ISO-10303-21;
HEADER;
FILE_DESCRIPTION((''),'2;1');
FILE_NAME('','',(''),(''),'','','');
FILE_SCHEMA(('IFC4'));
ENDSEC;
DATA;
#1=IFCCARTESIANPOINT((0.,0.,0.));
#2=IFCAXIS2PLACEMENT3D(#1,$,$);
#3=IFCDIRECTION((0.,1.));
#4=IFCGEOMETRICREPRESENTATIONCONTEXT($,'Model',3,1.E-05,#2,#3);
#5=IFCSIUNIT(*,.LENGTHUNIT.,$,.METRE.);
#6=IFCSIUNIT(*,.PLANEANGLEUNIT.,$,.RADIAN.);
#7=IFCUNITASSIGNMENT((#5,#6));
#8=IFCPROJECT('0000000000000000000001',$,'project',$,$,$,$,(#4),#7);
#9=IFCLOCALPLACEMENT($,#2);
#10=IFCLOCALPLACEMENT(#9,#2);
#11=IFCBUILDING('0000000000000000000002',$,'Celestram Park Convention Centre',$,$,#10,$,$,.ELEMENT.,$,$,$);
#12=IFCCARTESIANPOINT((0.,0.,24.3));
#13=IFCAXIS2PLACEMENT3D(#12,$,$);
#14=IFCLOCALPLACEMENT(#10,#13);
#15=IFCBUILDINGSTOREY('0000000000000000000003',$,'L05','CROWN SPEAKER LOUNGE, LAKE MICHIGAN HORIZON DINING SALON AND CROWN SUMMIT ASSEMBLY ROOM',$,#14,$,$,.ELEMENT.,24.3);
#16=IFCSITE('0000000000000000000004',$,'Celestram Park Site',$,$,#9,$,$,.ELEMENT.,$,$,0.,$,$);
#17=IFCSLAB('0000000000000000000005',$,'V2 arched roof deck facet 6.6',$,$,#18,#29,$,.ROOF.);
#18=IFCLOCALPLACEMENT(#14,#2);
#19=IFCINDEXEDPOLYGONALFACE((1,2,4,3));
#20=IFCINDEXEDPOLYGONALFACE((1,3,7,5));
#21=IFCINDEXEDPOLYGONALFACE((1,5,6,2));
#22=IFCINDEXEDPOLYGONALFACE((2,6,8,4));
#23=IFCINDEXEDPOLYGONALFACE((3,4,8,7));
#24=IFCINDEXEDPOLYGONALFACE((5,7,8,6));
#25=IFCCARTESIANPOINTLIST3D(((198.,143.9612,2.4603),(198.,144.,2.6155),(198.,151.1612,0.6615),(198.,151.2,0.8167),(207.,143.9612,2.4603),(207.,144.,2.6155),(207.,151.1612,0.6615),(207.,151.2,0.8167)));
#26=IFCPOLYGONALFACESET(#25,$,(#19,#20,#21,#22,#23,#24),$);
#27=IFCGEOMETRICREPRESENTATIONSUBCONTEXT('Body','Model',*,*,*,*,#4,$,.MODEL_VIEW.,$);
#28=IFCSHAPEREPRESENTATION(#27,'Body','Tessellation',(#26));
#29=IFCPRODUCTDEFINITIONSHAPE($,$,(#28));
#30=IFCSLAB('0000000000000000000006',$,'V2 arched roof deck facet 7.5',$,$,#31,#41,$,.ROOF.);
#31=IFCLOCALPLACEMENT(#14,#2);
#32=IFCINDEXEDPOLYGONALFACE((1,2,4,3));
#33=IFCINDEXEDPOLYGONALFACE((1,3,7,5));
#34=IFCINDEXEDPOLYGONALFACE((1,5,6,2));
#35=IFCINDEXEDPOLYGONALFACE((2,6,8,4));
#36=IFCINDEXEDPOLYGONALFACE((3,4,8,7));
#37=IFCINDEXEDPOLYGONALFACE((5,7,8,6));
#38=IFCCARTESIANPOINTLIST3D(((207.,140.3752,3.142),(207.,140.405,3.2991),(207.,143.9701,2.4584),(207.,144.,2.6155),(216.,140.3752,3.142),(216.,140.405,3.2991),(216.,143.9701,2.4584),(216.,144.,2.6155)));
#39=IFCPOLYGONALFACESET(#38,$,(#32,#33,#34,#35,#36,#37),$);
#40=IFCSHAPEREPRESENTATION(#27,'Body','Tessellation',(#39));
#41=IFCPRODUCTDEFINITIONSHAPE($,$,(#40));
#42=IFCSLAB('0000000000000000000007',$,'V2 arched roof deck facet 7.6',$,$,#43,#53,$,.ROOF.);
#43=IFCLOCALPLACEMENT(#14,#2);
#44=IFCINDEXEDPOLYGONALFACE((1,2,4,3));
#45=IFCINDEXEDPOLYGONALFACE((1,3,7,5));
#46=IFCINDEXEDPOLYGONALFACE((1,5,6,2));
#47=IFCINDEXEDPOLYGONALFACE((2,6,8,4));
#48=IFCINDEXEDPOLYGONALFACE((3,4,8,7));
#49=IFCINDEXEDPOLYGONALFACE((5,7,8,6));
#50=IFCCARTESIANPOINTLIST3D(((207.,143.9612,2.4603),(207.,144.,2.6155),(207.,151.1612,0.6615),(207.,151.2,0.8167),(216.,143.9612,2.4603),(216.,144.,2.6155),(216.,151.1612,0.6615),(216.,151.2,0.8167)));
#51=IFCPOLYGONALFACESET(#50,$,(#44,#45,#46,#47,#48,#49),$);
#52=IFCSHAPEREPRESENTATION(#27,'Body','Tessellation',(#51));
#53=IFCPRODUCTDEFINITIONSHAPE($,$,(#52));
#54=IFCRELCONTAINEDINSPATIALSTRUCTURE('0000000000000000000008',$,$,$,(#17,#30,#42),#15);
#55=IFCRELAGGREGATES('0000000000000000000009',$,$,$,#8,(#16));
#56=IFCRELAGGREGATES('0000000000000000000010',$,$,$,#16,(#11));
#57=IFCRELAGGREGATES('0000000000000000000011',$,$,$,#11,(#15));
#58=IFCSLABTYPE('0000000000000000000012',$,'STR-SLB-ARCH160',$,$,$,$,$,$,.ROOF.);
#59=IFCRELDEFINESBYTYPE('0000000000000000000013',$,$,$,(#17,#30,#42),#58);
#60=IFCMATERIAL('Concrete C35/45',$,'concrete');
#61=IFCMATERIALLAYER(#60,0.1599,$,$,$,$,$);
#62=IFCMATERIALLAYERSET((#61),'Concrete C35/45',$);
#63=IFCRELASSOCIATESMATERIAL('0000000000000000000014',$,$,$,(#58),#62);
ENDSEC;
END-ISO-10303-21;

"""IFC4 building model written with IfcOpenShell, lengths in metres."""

from ifc_helpers import new_model, si_unit, direction, frame, origin, place, context, subcontext, project, spatial, polyline, outline, extrude, material, layer, layer_set, type_object, element, save


model = new_model("IFC4")

# Units and contexts
model_context = context("Model", 3, precision=1e-05, world=origin(), true_north=direction((0.0, 1.0)))
body_context = subcontext(model_context, "Body", "Model", "MODEL_VIEW")
ifc_project = project(units=[si_unit("LENGTHUNIT", "METRE"), si_unit("PLANEANGLEUNIT", "RADIAN")], contexts=[model_context])

# Site, building, storey
site_placement = place(None, origin())
site = spatial("IfcSite", under=ifc_project, at=site_placement, Name="Celestram Park Site", CompositionType="ELEMENT", RefElevation=0.0)
building_placement = place(site_placement, origin())
building = spatial("IfcBuilding", under=site, at=building_placement, Name="Celestram Park Convention Centre", CompositionType="ELEMENT")
storey_placement = place(building_placement, frame((0.0, 0.0, 24.3)))
storey = spatial("IfcBuildingStorey", under=building, at=storey_placement, Name="L05", Description="CROWN SPEAKER LOUNGE, LAKE MICHIGAN HORIZON DINING SALON AND CROWN SUMMIT ASSEMBLY ROOM", CompositionType="ELEMENT", Elevation=24.3)

# Slabs
ifc_material_1 = material(Name="Concrete C35/45", Category="concrete")
ifc_layer_1 = layer(ifc_material_1, 0.1599)
ifc_layer_set_1 = layer_set([ifc_layer_1], Name="Concrete C35/45")
slab_type = type_object("IfcSlabType", Name="STR-SLB-ARCH160", PredefinedType="ROOF", material=ifc_layer_set_1)
slab_1_placement = place(storey_placement, frame((198.0, 144.0, 2.6155), z_axis=(0.0, 0.242389, 0.970179), x_axis=(1.0, 0.0, 0.0)))
element("IfcSlab", 1, at=slab_1_placement, inside=storey, type_object=slab_type, Name="V2 arched roof deck facet 6.6", PredefinedType="ROOF", context=body_context, shape_type="SweptSolid", body=[
    extrude(outline(polyline([(0.0, 0.0), (9.0, 0.0), (9.0, 7.4213), (0.0, 7.4213), (0.0, 0.0)])), origin(), (0.0, 0.0, -1.0), 0.1599),
])
slab_2_placement = place(storey_placement, frame((207.0, 140.405, 3.2991), z_axis=(0.0, 0.186806, 0.982397), x_axis=(1.0, 0.0, 0.0)))
element("IfcSlab", 2, at=slab_2_placement, inside=storey, type_object=slab_type, Name="V2 arched roof deck facet 7.5", PredefinedType="ROOF", context=body_context, shape_type="SweptSolid", body=[
    extrude(outline(polyline([(0.0, 0.0), (9.0, 0.0), (9.0, 3.6594), (0.0, 3.6594), (0.0, 0.0)])), origin(), (0.0, 0.0, -1.0), 0.1599),
])
slab_3_placement = place(storey_placement, frame((207.0, 144.0, 2.6155), z_axis=(0.0, 0.242389, 0.970179), x_axis=(1.0, 0.0, 0.0)))
element("IfcSlab", 3, at=slab_3_placement, inside=storey, type_object=slab_type, Name="V2 arched roof deck facet 7.6", PredefinedType="ROOF", context=body_context, shape_type="SweptSolid", body=[
    extrude(outline(polyline([(0.0, 0.0), (9.0, 0.0), (9.0, 7.4213), (0.0, 7.4213), (0.0, 0.0)])), origin(), (0.0, 0.0, -1.0), 0.1599),
])

save(model, "model.ifc")
